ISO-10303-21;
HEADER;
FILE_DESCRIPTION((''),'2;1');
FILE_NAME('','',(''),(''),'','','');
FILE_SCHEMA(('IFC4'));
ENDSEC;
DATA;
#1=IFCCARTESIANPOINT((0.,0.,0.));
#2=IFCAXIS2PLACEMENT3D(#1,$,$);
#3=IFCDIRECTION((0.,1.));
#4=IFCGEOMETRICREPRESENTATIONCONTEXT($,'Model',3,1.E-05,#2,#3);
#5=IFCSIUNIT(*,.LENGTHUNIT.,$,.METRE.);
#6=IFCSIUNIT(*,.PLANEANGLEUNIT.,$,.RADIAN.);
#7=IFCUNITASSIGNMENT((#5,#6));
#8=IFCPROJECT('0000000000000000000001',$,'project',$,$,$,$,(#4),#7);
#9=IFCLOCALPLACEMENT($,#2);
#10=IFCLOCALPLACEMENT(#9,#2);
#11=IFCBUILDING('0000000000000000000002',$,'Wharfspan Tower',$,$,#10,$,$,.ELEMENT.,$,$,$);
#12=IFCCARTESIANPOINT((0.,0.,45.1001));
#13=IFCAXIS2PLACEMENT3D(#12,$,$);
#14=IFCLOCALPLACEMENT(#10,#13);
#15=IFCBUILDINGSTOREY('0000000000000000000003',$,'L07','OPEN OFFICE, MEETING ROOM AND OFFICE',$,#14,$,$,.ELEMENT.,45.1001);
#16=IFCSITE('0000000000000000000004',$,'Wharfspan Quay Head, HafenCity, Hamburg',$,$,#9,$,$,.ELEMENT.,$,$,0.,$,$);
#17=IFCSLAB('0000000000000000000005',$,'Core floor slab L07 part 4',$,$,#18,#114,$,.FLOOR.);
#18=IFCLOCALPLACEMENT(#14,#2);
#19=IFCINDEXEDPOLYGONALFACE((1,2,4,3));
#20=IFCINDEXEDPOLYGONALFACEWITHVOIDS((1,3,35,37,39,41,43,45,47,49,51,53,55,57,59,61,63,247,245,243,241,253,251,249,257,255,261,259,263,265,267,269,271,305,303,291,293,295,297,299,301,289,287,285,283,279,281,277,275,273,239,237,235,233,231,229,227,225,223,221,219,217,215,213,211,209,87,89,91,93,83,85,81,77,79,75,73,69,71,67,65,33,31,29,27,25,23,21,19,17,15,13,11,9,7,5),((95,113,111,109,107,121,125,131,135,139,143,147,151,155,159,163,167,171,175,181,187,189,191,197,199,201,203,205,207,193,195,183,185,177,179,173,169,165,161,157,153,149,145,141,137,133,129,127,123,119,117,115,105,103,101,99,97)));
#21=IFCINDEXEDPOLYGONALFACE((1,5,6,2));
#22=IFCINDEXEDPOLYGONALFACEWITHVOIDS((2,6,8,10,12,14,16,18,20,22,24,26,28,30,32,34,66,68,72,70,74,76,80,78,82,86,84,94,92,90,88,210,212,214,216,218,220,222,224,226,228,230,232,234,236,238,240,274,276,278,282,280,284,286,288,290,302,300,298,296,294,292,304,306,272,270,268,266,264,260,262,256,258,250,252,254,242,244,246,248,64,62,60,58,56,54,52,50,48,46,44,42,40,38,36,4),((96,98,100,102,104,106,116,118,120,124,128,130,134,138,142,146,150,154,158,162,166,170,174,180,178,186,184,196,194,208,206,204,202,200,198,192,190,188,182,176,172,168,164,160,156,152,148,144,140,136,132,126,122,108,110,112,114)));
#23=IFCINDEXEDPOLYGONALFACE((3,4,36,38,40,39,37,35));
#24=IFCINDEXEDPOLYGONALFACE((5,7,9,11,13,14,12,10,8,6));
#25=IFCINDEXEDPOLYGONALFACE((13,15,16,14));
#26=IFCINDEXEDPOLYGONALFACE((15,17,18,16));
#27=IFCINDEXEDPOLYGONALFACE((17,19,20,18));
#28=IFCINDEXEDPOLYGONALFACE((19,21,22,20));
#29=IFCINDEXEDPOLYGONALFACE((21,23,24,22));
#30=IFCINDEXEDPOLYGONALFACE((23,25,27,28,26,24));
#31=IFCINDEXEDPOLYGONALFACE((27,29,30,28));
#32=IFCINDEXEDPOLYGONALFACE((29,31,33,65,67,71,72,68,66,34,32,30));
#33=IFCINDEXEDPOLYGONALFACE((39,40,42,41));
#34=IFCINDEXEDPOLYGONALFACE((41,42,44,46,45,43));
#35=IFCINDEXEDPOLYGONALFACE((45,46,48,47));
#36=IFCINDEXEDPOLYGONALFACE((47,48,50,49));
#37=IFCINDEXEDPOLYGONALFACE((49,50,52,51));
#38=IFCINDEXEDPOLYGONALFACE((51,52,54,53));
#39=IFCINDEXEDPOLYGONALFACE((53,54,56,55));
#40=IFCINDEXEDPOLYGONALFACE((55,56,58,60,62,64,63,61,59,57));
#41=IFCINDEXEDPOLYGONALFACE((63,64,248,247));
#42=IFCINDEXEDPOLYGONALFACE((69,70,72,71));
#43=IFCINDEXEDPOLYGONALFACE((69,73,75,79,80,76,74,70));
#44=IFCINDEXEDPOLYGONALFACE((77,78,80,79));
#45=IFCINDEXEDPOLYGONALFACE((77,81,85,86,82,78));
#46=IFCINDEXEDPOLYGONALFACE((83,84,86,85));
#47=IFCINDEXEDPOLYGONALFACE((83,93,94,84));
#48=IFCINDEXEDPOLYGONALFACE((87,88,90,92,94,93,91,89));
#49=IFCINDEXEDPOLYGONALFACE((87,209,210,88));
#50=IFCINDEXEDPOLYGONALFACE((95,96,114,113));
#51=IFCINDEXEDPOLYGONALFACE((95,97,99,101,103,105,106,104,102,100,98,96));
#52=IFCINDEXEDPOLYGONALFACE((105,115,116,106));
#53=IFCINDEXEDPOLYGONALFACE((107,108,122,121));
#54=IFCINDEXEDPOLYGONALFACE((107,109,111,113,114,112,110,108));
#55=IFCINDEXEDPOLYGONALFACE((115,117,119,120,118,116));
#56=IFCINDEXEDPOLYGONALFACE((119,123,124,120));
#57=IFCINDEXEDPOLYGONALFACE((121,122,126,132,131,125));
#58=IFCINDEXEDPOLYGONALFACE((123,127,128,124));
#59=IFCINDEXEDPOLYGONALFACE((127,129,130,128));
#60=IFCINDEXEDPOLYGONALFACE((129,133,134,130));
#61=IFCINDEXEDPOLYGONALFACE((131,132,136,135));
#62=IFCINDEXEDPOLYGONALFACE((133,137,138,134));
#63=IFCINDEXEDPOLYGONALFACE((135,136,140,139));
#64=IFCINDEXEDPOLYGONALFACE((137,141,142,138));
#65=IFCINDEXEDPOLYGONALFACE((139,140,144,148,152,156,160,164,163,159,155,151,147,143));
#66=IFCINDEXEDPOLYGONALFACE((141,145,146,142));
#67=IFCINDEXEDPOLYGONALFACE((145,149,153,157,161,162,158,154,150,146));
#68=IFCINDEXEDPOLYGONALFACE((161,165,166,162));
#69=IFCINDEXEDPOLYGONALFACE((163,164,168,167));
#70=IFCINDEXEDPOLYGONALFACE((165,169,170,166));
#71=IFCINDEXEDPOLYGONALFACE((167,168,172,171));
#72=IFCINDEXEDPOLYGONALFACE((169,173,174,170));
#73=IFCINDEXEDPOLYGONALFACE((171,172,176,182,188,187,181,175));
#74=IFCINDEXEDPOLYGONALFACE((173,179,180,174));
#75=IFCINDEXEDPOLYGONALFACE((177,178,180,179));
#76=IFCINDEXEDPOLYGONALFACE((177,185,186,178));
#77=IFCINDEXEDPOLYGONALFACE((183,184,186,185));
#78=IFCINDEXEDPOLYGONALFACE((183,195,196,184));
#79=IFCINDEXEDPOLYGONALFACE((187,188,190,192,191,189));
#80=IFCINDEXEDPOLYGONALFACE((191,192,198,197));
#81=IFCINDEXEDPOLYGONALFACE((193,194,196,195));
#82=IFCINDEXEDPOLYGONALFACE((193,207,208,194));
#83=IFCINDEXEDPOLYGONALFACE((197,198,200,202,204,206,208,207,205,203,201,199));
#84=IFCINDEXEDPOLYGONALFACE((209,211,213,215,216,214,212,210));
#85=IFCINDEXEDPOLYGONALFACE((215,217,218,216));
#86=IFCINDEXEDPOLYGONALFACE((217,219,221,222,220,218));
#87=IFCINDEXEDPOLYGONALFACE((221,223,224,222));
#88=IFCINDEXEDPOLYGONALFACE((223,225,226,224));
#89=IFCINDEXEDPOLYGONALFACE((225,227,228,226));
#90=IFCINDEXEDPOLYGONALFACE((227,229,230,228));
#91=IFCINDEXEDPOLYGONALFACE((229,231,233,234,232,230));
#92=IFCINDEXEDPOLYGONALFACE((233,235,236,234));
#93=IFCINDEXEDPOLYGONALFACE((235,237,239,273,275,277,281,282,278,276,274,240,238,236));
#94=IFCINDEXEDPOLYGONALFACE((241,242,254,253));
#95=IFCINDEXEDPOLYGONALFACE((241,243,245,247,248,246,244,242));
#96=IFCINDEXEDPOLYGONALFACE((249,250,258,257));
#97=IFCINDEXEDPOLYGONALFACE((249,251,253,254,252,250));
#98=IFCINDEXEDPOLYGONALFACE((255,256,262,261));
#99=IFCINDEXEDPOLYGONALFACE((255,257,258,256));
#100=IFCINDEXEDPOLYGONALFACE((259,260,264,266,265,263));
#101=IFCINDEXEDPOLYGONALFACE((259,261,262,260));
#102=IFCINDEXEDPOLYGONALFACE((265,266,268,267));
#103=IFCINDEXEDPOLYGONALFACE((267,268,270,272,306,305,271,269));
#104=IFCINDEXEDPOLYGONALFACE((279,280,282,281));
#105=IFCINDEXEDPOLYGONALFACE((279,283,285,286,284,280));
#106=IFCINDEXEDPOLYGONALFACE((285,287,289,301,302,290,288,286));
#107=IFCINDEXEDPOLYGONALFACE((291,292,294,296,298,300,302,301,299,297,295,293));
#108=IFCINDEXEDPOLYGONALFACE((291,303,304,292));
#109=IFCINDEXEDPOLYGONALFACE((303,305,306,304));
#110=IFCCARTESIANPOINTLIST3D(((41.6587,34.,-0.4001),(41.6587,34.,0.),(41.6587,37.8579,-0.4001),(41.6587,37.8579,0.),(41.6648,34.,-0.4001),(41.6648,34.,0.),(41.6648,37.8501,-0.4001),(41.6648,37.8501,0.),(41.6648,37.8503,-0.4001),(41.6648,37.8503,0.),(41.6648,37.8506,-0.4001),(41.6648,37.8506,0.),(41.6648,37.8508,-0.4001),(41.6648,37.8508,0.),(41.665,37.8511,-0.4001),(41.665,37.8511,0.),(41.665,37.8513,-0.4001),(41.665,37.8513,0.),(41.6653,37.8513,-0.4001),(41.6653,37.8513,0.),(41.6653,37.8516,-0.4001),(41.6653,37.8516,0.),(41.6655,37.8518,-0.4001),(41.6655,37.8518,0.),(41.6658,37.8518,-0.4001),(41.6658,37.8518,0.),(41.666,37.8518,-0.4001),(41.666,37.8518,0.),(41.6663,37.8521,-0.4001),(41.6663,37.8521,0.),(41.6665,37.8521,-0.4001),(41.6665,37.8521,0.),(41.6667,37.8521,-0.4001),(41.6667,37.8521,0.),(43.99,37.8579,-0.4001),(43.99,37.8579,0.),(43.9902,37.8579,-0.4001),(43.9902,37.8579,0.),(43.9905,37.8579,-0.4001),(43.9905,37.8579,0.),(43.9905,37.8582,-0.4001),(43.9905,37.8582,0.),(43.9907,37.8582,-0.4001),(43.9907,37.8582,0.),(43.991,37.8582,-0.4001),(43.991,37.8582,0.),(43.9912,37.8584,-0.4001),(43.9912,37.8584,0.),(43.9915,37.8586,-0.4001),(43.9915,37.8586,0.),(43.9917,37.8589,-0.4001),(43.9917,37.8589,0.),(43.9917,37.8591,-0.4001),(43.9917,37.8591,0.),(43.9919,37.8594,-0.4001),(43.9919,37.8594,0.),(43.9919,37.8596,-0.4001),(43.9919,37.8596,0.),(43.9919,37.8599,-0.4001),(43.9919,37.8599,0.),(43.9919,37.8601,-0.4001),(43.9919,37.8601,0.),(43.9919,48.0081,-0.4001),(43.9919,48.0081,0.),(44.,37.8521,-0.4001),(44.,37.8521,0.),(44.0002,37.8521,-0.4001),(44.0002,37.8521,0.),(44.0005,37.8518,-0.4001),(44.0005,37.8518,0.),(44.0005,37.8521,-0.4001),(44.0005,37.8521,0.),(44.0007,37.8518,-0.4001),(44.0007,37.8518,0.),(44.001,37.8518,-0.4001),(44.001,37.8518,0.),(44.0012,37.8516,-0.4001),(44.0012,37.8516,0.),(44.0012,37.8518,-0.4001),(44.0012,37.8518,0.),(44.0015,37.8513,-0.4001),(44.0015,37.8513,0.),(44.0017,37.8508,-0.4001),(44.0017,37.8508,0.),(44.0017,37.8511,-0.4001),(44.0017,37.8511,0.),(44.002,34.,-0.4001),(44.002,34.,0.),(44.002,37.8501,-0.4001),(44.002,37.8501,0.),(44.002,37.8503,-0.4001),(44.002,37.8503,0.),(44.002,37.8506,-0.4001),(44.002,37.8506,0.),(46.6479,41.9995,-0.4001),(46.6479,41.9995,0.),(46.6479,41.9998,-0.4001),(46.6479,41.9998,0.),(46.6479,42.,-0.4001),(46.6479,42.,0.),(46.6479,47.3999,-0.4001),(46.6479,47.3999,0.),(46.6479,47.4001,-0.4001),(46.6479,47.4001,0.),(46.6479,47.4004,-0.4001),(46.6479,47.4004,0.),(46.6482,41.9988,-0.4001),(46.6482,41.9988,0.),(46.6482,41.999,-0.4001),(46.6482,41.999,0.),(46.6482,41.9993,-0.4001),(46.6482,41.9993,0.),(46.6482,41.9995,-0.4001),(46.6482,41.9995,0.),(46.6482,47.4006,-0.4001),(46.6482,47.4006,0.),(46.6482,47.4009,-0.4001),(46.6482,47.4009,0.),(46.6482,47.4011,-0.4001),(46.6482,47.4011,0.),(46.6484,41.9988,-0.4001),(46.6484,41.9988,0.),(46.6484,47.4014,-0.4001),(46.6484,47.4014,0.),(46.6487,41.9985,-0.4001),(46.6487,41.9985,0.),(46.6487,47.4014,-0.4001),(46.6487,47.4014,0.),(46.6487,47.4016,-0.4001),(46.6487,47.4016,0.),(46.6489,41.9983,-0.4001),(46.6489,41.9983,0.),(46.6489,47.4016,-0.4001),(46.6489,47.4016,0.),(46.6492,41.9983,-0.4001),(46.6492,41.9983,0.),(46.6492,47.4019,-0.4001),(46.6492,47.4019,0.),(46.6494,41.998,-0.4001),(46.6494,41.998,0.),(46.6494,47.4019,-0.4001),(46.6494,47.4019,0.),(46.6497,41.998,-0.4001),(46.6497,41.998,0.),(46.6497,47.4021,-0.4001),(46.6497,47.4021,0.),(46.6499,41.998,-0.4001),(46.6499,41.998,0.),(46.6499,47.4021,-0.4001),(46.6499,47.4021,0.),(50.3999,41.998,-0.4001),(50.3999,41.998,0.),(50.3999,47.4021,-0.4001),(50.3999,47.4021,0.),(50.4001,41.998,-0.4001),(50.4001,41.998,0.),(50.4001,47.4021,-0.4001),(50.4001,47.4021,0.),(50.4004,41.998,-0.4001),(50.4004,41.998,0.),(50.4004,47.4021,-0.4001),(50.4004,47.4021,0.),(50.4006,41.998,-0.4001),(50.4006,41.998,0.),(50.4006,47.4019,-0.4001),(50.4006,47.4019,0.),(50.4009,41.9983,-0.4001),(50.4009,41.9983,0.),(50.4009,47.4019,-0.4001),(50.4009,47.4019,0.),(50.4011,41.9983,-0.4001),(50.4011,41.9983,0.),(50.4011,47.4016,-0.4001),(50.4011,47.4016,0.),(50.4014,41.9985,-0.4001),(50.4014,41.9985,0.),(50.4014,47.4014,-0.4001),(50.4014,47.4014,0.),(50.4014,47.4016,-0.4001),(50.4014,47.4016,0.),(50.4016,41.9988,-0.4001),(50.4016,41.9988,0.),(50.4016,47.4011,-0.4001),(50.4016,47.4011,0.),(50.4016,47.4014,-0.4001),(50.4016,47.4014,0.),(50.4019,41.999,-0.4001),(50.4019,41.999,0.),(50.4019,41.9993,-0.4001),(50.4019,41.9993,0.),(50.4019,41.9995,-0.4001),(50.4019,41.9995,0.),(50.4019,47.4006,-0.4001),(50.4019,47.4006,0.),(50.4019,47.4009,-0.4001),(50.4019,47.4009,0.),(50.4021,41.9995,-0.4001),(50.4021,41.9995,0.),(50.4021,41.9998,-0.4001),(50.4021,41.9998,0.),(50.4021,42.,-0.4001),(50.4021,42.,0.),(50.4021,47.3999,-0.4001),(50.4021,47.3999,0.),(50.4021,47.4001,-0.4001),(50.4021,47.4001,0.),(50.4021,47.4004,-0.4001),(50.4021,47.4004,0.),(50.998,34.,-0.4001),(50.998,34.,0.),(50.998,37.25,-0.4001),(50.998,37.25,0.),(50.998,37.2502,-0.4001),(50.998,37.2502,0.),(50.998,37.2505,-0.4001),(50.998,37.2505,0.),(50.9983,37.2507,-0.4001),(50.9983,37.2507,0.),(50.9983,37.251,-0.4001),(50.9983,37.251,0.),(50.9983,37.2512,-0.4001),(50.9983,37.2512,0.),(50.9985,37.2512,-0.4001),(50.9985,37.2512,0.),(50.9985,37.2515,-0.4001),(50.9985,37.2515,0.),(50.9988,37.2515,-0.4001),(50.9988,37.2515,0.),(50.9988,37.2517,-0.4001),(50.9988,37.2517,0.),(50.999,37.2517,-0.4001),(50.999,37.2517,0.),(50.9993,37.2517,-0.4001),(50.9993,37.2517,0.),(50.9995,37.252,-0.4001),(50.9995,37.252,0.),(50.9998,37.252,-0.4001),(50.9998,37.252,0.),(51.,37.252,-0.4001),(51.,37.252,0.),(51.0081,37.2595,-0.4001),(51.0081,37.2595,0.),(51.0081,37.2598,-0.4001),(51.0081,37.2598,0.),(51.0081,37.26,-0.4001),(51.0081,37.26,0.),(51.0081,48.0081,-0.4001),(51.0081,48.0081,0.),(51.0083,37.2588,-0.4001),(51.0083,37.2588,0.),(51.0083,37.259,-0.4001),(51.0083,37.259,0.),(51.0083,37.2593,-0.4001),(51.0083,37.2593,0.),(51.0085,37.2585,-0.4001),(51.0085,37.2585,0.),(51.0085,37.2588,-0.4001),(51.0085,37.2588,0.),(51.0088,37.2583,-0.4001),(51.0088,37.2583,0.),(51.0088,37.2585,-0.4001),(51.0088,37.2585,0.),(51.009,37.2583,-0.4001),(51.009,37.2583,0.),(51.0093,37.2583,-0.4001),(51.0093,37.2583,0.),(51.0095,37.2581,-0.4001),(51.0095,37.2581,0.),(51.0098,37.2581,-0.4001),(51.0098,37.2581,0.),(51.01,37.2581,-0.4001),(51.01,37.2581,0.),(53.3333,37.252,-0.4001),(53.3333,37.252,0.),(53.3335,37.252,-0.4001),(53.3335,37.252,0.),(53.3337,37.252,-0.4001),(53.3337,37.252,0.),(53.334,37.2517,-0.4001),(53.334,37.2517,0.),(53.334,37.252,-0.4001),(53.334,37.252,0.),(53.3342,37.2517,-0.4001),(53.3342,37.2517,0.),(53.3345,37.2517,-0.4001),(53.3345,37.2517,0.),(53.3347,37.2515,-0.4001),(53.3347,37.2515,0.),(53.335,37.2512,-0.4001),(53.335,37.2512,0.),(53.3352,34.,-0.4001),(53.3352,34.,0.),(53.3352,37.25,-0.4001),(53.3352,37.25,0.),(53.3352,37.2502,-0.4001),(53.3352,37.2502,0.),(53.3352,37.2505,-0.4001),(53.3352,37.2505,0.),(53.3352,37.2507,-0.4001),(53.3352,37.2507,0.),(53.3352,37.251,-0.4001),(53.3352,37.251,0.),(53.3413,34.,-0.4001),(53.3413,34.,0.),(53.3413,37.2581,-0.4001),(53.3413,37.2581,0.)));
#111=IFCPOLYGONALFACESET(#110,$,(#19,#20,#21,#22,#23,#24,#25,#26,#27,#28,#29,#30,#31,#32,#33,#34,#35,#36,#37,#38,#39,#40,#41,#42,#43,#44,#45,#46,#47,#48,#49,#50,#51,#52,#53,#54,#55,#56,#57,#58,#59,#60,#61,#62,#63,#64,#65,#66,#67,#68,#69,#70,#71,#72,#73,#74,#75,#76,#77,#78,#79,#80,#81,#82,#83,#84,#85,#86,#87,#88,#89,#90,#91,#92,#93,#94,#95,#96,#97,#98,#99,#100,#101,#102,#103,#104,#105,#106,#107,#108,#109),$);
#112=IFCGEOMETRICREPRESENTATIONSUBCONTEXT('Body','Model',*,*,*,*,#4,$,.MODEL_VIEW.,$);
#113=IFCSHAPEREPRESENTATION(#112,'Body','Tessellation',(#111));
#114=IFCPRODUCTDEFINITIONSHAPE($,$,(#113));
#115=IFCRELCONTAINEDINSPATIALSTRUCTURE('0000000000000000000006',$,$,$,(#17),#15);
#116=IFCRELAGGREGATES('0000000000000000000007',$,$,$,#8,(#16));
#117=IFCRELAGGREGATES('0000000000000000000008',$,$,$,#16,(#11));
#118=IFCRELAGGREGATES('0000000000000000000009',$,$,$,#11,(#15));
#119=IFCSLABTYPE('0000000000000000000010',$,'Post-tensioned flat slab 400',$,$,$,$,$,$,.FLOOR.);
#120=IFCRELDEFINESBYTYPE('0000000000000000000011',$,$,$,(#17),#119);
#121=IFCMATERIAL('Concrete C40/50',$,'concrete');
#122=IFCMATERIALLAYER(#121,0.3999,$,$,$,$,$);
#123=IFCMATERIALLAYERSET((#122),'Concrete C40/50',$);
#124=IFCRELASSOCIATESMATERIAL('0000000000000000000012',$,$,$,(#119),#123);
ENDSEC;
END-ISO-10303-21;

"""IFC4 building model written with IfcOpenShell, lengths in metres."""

from ifc_helpers import new_model, si_unit, direction, frame, origin, place, context, subcontext, project, spatial, polyline, outline, extrude, material, layer, layer_set, type_object, element, save


model = new_model("IFC4")

# Units and contexts
model_context = context("Model", 3, precision=1e-05, world=origin(), true_north=direction((0.0, 1.0)))
body_context = subcontext(model_context, "Body", "Model", "MODEL_VIEW")
ifc_project = project(units=[si_unit("LENGTHUNIT", "METRE"), si_unit("PLANEANGLEUNIT", "RADIAN")], contexts=[model_context])

# Site, building, storey
site_placement = place(None, origin())
site = spatial("IfcSite", under=ifc_project, at=site_placement, Name="Wharfspan Quay Head, HafenCity, Hamburg", CompositionType="ELEMENT", RefElevation=0.0)
building_placement = place(site_placement, origin())
building = spatial("IfcBuilding", under=site, at=building_placement, Name="Wharfspan Tower", CompositionType="ELEMENT")
storey_placement = place(building_placement, frame((0.0, 0.0, 45.1001)))
storey = spatial("IfcBuildingStorey", under=building, at=storey_placement, Name="L07", Description="OPEN OFFICE, MEETING ROOM AND OFFICE", CompositionType="ELEMENT", Elevation=45.1001)

# Slab
ifc_material_1 = material(Name="Concrete C40/50", Category="concrete")
ifc_layer_1 = layer(ifc_material_1, 0.3999)
ifc_layer_set_1 = layer_set([ifc_layer_1], Name="Concrete C40/50")
slab_type = type_object("IfcSlabType", Name="Post-tensioned flat slab 400", PredefinedType="FLOOR", material=ifc_layer_set_1)
slab_1_placement = place(storey_placement, frame((0.0, 0.0, -0.4001)))
element("IfcSlab", 1, at=slab_1_placement, inside=storey, type_object=slab_type, Name="Core floor slab L07 part 4", PredefinedType="FLOOR", context=body_context, shape_type="SweptSolid", body=[
    extrude(outline(polyline([(53.3413, 34.0), (53.3413, 37.2581), (51.01, 37.2581), (51.0098, 37.2581), (51.0095, 37.2581), (51.0095, 37.2581), (51.0093, 37.2583), (51.009, 37.2583), (51.0088, 37.2583), (51.0088, 37.2585), (51.0085, 37.2585), (51.0085, 37.2588), (51.0083, 37.2588), (51.0083, 37.259), (51.0083, 37.2593), (51.0081, 37.2595), (51.0081, 37.2595), (51.0081, 37.2598), (51.0081, 37.26), (51.0081, 48.0081), (43.9919, 48.0081), (43.9919, 37.8601), (43.9919, 37.8599), (43.9919, 37.8596), (43.9919, 37.8594), (43.9917, 37.8591), (43.9917, 37.8591), (43.9917, 37.8589), (43.9915, 37.8586), (43.9915, 37.8586), (43.9912, 37.8584), (43.9912, 37.8584), (43.991, 37.8582), (43.9907, 37.8582), (43.9905, 37.8582), (43.9905, 37.8579), (43.9902, 37.8579), (43.99, 37.8579), (41.6587, 37.8579), (41.6587, 34.0), (41.6648, 34.0), (41.6648, 37.8501), (41.6648, 37.8501), (41.6648, 37.8503), (41.6648, 37.8506), (41.6648, 37.8508), (41.6648, 37.8508), (41.665, 37.8511), (41.665, 37.8513), (41.6653, 37.8513), (41.6653, 37.8516), (41.6655, 37.8518), (41.6658, 37.8518), (41.666, 37.8518), (41.666, 37.8518), (41.6663, 37.8521), (41.6665, 37.8521), (41.6667, 37.8521), (44.0, 37.8521), (44.0002, 37.8521), (44.0005, 37.8521), (44.0005, 37.8518), (44.0007, 37.8518), (44.001, 37.8518), (44.0012, 37.8518), (44.0012, 37.8516), (44.0015, 37.8513), (44.0015, 37.8513), (44.0017, 37.8511), (44.0017, 37.8508), (44.0017, 37.8508), (44.002, 37.8506), (44.002, 37.8503), (44.002, 37.8501), (44.002, 37.8501), (44.002, 34.0), (50.998, 34.0), (50.998, 37.25), (50.998, 37.2502), (50.998, 37.2505), (50.998, 37.2505), (50.9983, 37.2507), (50.9983, 37.251), (50.9983, 37.2512), (50.9985, 37.2512), (50.9985, 37.2515), (50.9988, 37.2515), (50.9988, 37.2517), (50.999, 37.2517), (50.9993, 37.2517), (50.9995, 37.252), (50.9995, 37.252), (50.9998, 37.252), (51.0, 37.252), (53.3333, 37.252), (53.3335, 37.252), (53.3337, 37.252), (53.334, 37.252), (53.334, 37.2517), (53.3342, 37.2517), (53.3345, 37.2517), (53.3347, 37.2515), (53.3347, 37.2515), (53.335, 37.2512), (53.335, 37.2512), (53.3352, 37.251), (53.3352, 37.2507), (53.3352, 37.2505), (53.3352, 37.2505), (53.3352, 37.2502), (53.3352, 37.25), (53.3352, 34.0), (53.3413, 34.0)]), holes=[polyline([(46.6499, 41.998), (46.6499, 41.998), (46.6497, 41.998), (46.6494, 41.998), (46.6492, 41.9983), (46.6492, 41.9983), (46.6489, 41.9983), (46.6487, 41.9985), (46.6487, 41.9985), (46.6484, 41.9988), (46.6482, 41.9988), (46.6482, 41.999), (46.6482, 41.9993), (46.6482, 41.9995), (46.6479, 41.9995), (46.6479, 41.9998), (46.6479, 42.0), (46.6479, 47.3999), (46.6479, 47.4001), (46.6479, 47.4004), (46.6482, 47.4006), (46.6482, 47.4009), (46.6482, 47.4009), (46.6482, 47.4011), (46.6484, 47.4014), (46.6487, 47.4014), (46.6487, 47.4016), (46.6489, 47.4016), (46.6492, 47.4019), (46.6492, 47.4019), (46.6494, 47.4019), (46.6497, 47.4021), (46.6499, 47.4021), (46.6499, 47.4021), (50.3999, 47.4021), (50.4001, 47.4021), (50.4004, 47.4021), (50.4006, 47.4019), (50.4009, 47.4019), (50.4009, 47.4019), (50.4011, 47.4016), (50.4014, 47.4016), (50.4014, 47.4014), (50.4016, 47.4014), (50.4016, 47.4011), (50.4019, 47.4009), (50.4019, 47.4009), (50.4019, 47.4006), (50.4021, 47.4004), (50.4021, 47.4001), (50.4021, 47.3999), (50.4021, 42.0), (50.4021, 41.9998), (50.4021, 41.9995), (50.4019, 41.9995), (50.4019, 41.9993), (50.4019, 41.999), (50.4016, 41.9988), (50.4016, 41.9988), (50.4014, 41.9985), (50.4014, 41.9985), (50.4011, 41.9983), (50.4009, 41.9983), (50.4009, 41.9983), (50.4006, 41.998), (50.4004, 41.998), (50.4001, 41.998), (50.3999, 41.998), (46.6499, 41.998)])]), origin(), (0.0, 0.0, 1.0), 0.4001),
])

save(model, "model.ifc")
